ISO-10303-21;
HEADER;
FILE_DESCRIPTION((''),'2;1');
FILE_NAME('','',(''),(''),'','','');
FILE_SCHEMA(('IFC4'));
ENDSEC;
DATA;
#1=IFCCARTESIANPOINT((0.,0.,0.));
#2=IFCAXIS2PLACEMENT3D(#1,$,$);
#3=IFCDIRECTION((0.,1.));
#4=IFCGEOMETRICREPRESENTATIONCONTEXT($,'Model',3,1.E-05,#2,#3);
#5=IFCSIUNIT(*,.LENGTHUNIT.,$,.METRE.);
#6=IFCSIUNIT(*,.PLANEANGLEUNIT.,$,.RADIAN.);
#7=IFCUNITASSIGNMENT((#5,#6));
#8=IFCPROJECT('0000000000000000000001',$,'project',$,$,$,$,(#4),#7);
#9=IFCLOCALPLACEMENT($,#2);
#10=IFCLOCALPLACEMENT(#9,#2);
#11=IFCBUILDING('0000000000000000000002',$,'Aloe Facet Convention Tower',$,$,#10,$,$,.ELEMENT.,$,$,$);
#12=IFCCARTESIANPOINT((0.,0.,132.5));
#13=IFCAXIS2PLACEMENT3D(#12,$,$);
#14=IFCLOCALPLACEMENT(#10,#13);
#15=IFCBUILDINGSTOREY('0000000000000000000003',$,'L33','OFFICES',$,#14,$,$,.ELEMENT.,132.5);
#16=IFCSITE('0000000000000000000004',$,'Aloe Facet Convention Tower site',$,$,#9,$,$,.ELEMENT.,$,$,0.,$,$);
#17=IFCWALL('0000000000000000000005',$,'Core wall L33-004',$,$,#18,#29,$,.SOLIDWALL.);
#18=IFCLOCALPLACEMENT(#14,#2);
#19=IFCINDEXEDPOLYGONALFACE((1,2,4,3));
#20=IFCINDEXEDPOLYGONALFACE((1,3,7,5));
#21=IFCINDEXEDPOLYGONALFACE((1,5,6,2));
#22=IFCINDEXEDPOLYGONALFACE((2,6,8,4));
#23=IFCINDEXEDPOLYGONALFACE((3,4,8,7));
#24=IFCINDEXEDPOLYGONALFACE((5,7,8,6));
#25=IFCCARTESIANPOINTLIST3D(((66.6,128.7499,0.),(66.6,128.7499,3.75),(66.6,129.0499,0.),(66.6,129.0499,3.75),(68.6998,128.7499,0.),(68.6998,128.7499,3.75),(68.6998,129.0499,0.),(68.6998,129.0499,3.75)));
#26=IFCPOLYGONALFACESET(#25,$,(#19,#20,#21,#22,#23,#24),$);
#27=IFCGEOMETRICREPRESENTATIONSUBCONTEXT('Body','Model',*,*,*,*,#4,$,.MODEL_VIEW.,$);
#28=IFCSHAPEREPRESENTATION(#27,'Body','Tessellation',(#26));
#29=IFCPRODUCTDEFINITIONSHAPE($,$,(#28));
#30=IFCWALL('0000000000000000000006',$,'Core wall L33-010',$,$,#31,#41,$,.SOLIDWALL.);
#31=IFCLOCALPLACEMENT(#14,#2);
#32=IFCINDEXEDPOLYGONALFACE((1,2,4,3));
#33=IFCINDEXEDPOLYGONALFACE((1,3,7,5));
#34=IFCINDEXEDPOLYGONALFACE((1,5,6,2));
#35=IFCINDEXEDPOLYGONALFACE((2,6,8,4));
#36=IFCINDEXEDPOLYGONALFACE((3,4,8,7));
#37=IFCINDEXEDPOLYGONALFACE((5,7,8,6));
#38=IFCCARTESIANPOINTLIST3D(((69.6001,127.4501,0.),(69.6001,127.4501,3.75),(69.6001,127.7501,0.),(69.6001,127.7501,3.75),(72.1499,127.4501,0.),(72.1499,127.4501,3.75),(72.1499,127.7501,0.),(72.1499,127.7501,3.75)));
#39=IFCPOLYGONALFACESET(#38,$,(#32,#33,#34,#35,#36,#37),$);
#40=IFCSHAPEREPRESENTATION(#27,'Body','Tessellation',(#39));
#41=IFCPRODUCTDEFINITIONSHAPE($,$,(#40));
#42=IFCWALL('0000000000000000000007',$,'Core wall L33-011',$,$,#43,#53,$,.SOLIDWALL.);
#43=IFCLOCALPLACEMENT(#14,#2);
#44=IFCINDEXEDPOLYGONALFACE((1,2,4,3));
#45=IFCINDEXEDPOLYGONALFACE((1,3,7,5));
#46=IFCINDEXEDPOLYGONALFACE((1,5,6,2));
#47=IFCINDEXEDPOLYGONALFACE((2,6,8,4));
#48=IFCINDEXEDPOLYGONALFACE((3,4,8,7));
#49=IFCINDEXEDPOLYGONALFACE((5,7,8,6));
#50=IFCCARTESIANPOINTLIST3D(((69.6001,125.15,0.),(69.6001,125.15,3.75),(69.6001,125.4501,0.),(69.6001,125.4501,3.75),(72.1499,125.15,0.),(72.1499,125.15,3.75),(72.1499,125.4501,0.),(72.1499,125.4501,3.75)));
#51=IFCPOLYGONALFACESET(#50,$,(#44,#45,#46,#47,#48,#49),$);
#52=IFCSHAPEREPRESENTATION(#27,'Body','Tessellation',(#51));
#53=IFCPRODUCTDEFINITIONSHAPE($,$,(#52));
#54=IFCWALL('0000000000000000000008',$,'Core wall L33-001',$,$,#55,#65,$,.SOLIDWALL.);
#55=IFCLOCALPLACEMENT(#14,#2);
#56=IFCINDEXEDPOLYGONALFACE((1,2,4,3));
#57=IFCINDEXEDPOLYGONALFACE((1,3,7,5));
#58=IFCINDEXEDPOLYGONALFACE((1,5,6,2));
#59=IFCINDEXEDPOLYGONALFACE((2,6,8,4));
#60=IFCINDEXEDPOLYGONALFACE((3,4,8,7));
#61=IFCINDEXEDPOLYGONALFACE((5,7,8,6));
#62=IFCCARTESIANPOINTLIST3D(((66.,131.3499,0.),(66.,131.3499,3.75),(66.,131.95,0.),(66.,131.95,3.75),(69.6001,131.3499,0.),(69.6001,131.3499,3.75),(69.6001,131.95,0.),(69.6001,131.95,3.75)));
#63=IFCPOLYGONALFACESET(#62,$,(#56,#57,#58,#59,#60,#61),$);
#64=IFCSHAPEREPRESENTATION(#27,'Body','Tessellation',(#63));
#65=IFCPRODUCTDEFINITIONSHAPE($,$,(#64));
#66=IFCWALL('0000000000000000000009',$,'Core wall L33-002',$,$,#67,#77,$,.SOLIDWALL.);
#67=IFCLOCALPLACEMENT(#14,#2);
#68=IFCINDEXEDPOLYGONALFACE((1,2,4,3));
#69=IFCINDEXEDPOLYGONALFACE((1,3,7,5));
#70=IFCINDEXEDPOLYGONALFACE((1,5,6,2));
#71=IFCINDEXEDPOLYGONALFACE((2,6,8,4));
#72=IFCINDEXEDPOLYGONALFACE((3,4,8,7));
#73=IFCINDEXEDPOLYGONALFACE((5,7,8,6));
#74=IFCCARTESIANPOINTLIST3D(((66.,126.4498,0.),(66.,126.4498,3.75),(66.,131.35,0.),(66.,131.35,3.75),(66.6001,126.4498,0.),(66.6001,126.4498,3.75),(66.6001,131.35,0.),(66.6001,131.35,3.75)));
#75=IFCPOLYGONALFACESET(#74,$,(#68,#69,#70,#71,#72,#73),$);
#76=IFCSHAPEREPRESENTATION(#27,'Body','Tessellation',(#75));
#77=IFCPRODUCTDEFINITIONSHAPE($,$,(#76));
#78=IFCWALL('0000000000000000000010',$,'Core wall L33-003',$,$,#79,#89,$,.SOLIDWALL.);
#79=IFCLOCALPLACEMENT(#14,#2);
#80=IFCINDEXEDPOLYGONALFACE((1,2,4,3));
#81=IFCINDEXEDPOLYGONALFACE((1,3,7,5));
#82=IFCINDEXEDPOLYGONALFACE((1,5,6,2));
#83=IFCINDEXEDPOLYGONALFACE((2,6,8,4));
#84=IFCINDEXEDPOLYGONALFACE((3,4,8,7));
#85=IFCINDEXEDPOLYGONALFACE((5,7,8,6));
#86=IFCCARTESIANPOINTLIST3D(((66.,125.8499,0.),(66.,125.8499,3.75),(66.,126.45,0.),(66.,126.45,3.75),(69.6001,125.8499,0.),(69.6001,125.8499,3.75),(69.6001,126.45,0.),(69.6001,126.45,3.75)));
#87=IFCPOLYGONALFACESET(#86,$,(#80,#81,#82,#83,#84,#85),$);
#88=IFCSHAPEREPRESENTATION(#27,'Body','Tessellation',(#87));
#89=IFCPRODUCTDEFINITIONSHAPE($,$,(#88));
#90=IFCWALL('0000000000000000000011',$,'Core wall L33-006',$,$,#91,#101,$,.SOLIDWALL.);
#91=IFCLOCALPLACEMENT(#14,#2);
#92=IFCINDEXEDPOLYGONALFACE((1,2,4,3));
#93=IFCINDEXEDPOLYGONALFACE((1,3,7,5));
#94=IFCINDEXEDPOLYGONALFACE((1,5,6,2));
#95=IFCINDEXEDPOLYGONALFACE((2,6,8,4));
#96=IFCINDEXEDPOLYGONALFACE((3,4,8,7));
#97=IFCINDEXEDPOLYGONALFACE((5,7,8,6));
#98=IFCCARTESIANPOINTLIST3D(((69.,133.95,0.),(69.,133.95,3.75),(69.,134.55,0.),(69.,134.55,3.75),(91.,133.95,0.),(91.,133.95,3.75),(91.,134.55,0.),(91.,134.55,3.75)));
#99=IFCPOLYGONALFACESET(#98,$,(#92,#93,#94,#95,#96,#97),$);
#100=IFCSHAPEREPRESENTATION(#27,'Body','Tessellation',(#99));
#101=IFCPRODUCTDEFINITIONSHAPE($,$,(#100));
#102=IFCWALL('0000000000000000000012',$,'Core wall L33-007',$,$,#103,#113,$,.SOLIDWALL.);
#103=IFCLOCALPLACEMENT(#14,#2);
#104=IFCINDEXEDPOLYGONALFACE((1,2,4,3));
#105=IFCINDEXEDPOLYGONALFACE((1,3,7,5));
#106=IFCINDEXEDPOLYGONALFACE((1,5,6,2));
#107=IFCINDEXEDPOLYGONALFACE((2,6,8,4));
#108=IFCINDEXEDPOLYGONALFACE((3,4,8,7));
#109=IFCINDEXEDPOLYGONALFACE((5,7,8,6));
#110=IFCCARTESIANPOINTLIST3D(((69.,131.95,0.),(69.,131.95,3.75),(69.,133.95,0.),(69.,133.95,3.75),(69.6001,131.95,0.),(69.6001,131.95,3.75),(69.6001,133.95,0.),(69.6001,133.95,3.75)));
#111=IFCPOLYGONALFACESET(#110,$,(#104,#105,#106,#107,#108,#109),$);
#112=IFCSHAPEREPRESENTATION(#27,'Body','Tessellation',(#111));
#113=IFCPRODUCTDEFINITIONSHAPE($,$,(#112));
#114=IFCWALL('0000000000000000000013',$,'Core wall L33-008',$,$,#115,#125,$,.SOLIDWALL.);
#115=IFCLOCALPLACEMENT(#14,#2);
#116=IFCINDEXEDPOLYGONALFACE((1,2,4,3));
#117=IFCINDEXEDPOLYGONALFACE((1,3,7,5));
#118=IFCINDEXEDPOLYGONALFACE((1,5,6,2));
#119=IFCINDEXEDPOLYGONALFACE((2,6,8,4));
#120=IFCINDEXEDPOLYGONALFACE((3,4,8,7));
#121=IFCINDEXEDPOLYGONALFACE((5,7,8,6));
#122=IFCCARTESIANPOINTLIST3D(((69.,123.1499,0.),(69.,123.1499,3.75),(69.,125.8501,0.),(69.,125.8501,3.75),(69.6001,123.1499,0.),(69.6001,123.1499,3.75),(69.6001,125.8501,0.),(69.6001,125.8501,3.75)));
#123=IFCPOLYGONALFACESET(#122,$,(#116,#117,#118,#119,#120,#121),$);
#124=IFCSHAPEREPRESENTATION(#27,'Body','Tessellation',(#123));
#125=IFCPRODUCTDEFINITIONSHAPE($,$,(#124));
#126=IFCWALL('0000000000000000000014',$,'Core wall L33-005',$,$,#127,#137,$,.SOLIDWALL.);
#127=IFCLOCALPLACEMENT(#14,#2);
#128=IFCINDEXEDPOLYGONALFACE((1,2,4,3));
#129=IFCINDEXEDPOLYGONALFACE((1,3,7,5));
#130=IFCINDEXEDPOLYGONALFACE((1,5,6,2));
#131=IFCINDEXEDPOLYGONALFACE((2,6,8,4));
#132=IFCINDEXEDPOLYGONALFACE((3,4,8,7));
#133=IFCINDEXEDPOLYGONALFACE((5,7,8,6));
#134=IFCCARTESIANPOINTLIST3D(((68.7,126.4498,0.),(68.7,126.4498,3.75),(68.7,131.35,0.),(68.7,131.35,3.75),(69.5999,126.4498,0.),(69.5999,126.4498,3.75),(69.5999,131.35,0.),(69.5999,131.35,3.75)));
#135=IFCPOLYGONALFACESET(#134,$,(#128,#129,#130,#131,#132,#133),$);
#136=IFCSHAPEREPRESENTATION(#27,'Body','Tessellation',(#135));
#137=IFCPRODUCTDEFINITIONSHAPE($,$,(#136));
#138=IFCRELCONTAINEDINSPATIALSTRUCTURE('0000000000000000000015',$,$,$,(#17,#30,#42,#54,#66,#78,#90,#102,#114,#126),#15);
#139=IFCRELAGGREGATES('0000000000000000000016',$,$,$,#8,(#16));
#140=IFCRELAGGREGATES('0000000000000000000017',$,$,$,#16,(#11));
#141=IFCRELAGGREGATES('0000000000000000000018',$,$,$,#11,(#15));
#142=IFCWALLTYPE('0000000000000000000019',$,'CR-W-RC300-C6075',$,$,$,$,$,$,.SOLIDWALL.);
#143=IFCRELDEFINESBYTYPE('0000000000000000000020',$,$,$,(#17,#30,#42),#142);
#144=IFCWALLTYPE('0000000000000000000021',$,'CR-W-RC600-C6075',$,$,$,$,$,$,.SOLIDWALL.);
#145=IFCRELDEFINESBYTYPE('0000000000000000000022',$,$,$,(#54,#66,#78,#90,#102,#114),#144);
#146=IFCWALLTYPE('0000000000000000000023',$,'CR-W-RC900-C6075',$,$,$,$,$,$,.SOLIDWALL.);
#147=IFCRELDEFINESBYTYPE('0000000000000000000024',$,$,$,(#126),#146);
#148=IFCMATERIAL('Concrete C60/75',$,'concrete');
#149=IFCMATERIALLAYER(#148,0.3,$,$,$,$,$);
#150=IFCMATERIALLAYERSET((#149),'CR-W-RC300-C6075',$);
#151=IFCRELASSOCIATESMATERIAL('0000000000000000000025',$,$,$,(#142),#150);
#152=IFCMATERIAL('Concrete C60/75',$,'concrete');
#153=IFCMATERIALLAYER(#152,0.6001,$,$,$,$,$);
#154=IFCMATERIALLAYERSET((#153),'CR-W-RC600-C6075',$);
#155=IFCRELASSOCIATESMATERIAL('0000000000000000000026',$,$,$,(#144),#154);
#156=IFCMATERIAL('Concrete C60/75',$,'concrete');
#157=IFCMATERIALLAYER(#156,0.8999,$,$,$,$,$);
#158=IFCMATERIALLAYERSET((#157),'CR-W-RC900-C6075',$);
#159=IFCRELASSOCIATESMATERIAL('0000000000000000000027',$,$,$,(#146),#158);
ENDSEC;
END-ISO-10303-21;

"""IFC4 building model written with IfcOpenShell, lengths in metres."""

from ifc_helpers import new_model, si_unit, direction, frame, frame_2d, origin, place, context, subcontext, project, spatial, rectangle, extrude, material, layer, layer_set, type_object, element, save


model = new_model("IFC4")

# Units and contexts
model_context = context("Model", 3, precision=1e-05, world=origin(), true_north=direction((0.0, 1.0)))
body_context = subcontext(model_context, "Body", "Model", "MODEL_VIEW")
ifc_project = project(units=[si_unit("LENGTHUNIT", "METRE"), si_unit("PLANEANGLEUNIT", "RADIAN")], contexts=[model_context])

# Site, building, storey
site_placement = place(None, origin())
site = spatial("IfcSite", under=ifc_project, at=site_placement, Name="Aloe Facet Convention Tower site", CompositionType="ELEMENT", RefElevation=0.0)
building_placement = place(site_placement, origin())
building = spatial("IfcBuilding", under=site, at=building_placement, Name="Aloe Facet Convention Tower", CompositionType="ELEMENT")
storey_placement = place(building_placement, frame((0.0, 0.0, 132.5)))
storey = spatial("IfcBuildingStorey", under=building, at=storey_placement, Name="L33", Description="OFFICES", CompositionType="ELEMENT", Elevation=132.5)

# Walls
ifc_material_1 = material(Name="Concrete C60/75", Category="concrete")
ifc_layer_1 = layer(ifc_material_1, 0.3)
ifc_layer_set_1 = layer_set([ifc_layer_1], Name="CR-W-RC300-C6075")
wall_type_1 = type_object("IfcWallType", Name="CR-W-RC300-C6075", PredefinedType="SOLIDWALL", material=ifc_layer_set_1)
wall_1_placement = place(storey_placement, frame((66.6001, 128.8999, 0.0), z_axis=(0.0, 0.0, 1.0), x_axis=(1.0, 0.0, 0.0)))
element("IfcWall", 1, at=wall_1_placement, inside=storey, type_object=wall_type_1, Name="Core wall L33-004", PredefinedType="SOLIDWALL", context=body_context, shape_type="SweptSolid", body=[
    extrude(rectangle(XDim=2.0999, YDim=0.3, at=frame_2d((1.0498, 0.0))), origin(), (0.0, 0.0, 1.0), 3.75),
])
for number, where, z_axis, x_axis, name in (
    (2, (69.6001, 127.6001, 0.0), (0.0, 0.0, 1.0), (1.0, 0.0, 0.0), "Core wall L33-010"),
    (3, (69.6001, 125.3, 0.0), (0.0, 0.0, 1.0), (1.0, 0.0, 0.0), "Core wall L33-011"),
):
    element("IfcWall", number, at=place(storey_placement, frame(where, z_axis=z_axis, x_axis=x_axis)), inside=storey, type_object=wall_type_1, Name=name, PredefinedType="SOLIDWALL", context=body_context, shape_type="SweptSolid", body=[
        extrude(rectangle(XDim=2.5498, YDim=0.3, at=frame_2d((1.2749, 0.0))), origin(), (0.0, 0.0, 1.0), 3.75),
    ])
ifc_material_2 = material(Name="Concrete C60/75", Category="concrete")
ifc_layer_2 = layer(ifc_material_2, 0.6001)
ifc_layer_set_2 = layer_set([ifc_layer_2], Name="CR-W-RC600-C6075")
wall_type_2 = type_object("IfcWallType", Name="CR-W-RC600-C6075", PredefinedType="SOLIDWALL", material=ifc_layer_set_2)
wall_2_placement = place(storey_placement, frame((66.0, 131.6499, 0.0), z_axis=(0.0, 0.0, 1.0), x_axis=(1.0, 0.0, 0.0)))
element("IfcWall", 4, at=wall_2_placement, inside=storey, type_object=wall_type_2, Name="Core wall L33-001", PredefinedType="SOLIDWALL", context=body_context, shape_type="SweptSolid", body=[
    extrude(rectangle(XDim=3.6001, YDim=0.6001, at=frame_2d((1.8, 0.0))), origin(), (0.0, 0.0, 1.0), 3.75),
])
wall_3_placement = place(storey_placement, frame((66.3, 131.3501, 0.0), z_axis=(0.0, 0.0, 1.0), x_axis=(0.0, -1.0, 0.0)))
element("IfcWall", 5, at=wall_3_placement, inside=storey, type_object=wall_type_2, Name="Core wall L33-002", PredefinedType="SOLIDWALL", context=body_context, shape_type="SweptSolid", body=[
    extrude(rectangle(XDim=4.9001, YDim=0.6001, at=frame_2d((2.4502, 0.0))), origin(), (0.0, 0.0, 1.0), 3.75),
])
wall_4_placement = place(storey_placement, frame((66.0, 126.1499, 0.0), z_axis=(0.0, 0.0, 1.0), x_axis=(1.0, 0.0, 0.0)))
element("IfcWall", 6, at=wall_4_placement, inside=storey, type_object=wall_type_2, Name="Core wall L33-003", PredefinedType="SOLIDWALL", context=body_context, shape_type="SweptSolid", body=[
    extrude(rectangle(XDim=3.6001, YDim=0.6001, at=frame_2d((1.8, 0.0))), origin(), (0.0, 0.0, 1.0), 3.75),
])
wall_5_placement = place(storey_placement, frame((69.0, 134.25, 0.0), z_axis=(0.0, 0.0, 1.0), x_axis=(1.0, 0.0, 0.0)))
element("IfcWall", 7, at=wall_5_placement, inside=storey, type_object=wall_type_2, Name="Core wall L33-006", PredefinedType="SOLIDWALL", context=body_context, shape_type="SweptSolid", body=[
    extrude(rectangle(XDim=22.0, YDim=0.6001, at=frame_2d((11.0, 0.0))), origin(), (0.0, 0.0, 1.0), 3.75),
])
wall_6_placement = place(storey_placement, frame((69.3, 133.95, 0.0), z_axis=(0.0, 0.0, 1.0), x_axis=(0.0, -1.0, 0.0)))
element("IfcWall", 8, at=wall_6_placement, inside=storey, type_object=wall_type_2, Name="Core wall L33-007", PredefinedType="SOLIDWALL", context=body_context, shape_type="SweptSolid", body=[
    extrude(rectangle(XDim=2.0, YDim=0.6001, at=frame_2d((1.0, 0.0))), origin(), (0.0, 0.0, 1.0), 3.75),
])
wall_7_placement = place(storey_placement, frame((69.3, 125.8501, 0.0), z_axis=(0.0, 0.0, 1.0), x_axis=(0.0, -1.0, 0.0)))
element("IfcWall", 9, at=wall_7_placement, inside=storey, type_object=wall_type_2, Name="Core wall L33-008", PredefinedType="SOLIDWALL", context=body_context, shape_type="SweptSolid", body=[
    extrude(rectangle(XDim=2.7002, YDim=0.6001, at=frame_2d((1.3501, 0.0))), origin(), (0.0, 0.0, 1.0), 3.75),
])
ifc_material_3 = material(Name="Concrete C60/75", Category="concrete")
ifc_layer_3 = layer(ifc_material_3, 0.8999)
ifc_layer_set_3 = layer_set([ifc_layer_3], Name="CR-W-RC900-C6075")
wall_type_3 = type_object("IfcWallType", Name="CR-W-RC900-C6075", PredefinedType="SOLIDWALL", material=ifc_layer_set_3)
wall_8_placement = place(storey_placement, frame((69.1499, 131.3501, 0.0), z_axis=(0.0, 0.0, 1.0), x_axis=(0.0, -1.0, 0.0)))
element("IfcWall", 10, at=wall_8_placement, inside=storey, type_object=wall_type_3, Name="Core wall L33-005", PredefinedType="SOLIDWALL", context=body_context, shape_type="SweptSolid", body=[
    extrude(rectangle(XDim=4.9001, YDim=0.8999, at=frame_2d((2.4502, 0.0))), origin(), (0.0, 0.0, 1.0), 3.75),
])

save(model, "model.ifc")
